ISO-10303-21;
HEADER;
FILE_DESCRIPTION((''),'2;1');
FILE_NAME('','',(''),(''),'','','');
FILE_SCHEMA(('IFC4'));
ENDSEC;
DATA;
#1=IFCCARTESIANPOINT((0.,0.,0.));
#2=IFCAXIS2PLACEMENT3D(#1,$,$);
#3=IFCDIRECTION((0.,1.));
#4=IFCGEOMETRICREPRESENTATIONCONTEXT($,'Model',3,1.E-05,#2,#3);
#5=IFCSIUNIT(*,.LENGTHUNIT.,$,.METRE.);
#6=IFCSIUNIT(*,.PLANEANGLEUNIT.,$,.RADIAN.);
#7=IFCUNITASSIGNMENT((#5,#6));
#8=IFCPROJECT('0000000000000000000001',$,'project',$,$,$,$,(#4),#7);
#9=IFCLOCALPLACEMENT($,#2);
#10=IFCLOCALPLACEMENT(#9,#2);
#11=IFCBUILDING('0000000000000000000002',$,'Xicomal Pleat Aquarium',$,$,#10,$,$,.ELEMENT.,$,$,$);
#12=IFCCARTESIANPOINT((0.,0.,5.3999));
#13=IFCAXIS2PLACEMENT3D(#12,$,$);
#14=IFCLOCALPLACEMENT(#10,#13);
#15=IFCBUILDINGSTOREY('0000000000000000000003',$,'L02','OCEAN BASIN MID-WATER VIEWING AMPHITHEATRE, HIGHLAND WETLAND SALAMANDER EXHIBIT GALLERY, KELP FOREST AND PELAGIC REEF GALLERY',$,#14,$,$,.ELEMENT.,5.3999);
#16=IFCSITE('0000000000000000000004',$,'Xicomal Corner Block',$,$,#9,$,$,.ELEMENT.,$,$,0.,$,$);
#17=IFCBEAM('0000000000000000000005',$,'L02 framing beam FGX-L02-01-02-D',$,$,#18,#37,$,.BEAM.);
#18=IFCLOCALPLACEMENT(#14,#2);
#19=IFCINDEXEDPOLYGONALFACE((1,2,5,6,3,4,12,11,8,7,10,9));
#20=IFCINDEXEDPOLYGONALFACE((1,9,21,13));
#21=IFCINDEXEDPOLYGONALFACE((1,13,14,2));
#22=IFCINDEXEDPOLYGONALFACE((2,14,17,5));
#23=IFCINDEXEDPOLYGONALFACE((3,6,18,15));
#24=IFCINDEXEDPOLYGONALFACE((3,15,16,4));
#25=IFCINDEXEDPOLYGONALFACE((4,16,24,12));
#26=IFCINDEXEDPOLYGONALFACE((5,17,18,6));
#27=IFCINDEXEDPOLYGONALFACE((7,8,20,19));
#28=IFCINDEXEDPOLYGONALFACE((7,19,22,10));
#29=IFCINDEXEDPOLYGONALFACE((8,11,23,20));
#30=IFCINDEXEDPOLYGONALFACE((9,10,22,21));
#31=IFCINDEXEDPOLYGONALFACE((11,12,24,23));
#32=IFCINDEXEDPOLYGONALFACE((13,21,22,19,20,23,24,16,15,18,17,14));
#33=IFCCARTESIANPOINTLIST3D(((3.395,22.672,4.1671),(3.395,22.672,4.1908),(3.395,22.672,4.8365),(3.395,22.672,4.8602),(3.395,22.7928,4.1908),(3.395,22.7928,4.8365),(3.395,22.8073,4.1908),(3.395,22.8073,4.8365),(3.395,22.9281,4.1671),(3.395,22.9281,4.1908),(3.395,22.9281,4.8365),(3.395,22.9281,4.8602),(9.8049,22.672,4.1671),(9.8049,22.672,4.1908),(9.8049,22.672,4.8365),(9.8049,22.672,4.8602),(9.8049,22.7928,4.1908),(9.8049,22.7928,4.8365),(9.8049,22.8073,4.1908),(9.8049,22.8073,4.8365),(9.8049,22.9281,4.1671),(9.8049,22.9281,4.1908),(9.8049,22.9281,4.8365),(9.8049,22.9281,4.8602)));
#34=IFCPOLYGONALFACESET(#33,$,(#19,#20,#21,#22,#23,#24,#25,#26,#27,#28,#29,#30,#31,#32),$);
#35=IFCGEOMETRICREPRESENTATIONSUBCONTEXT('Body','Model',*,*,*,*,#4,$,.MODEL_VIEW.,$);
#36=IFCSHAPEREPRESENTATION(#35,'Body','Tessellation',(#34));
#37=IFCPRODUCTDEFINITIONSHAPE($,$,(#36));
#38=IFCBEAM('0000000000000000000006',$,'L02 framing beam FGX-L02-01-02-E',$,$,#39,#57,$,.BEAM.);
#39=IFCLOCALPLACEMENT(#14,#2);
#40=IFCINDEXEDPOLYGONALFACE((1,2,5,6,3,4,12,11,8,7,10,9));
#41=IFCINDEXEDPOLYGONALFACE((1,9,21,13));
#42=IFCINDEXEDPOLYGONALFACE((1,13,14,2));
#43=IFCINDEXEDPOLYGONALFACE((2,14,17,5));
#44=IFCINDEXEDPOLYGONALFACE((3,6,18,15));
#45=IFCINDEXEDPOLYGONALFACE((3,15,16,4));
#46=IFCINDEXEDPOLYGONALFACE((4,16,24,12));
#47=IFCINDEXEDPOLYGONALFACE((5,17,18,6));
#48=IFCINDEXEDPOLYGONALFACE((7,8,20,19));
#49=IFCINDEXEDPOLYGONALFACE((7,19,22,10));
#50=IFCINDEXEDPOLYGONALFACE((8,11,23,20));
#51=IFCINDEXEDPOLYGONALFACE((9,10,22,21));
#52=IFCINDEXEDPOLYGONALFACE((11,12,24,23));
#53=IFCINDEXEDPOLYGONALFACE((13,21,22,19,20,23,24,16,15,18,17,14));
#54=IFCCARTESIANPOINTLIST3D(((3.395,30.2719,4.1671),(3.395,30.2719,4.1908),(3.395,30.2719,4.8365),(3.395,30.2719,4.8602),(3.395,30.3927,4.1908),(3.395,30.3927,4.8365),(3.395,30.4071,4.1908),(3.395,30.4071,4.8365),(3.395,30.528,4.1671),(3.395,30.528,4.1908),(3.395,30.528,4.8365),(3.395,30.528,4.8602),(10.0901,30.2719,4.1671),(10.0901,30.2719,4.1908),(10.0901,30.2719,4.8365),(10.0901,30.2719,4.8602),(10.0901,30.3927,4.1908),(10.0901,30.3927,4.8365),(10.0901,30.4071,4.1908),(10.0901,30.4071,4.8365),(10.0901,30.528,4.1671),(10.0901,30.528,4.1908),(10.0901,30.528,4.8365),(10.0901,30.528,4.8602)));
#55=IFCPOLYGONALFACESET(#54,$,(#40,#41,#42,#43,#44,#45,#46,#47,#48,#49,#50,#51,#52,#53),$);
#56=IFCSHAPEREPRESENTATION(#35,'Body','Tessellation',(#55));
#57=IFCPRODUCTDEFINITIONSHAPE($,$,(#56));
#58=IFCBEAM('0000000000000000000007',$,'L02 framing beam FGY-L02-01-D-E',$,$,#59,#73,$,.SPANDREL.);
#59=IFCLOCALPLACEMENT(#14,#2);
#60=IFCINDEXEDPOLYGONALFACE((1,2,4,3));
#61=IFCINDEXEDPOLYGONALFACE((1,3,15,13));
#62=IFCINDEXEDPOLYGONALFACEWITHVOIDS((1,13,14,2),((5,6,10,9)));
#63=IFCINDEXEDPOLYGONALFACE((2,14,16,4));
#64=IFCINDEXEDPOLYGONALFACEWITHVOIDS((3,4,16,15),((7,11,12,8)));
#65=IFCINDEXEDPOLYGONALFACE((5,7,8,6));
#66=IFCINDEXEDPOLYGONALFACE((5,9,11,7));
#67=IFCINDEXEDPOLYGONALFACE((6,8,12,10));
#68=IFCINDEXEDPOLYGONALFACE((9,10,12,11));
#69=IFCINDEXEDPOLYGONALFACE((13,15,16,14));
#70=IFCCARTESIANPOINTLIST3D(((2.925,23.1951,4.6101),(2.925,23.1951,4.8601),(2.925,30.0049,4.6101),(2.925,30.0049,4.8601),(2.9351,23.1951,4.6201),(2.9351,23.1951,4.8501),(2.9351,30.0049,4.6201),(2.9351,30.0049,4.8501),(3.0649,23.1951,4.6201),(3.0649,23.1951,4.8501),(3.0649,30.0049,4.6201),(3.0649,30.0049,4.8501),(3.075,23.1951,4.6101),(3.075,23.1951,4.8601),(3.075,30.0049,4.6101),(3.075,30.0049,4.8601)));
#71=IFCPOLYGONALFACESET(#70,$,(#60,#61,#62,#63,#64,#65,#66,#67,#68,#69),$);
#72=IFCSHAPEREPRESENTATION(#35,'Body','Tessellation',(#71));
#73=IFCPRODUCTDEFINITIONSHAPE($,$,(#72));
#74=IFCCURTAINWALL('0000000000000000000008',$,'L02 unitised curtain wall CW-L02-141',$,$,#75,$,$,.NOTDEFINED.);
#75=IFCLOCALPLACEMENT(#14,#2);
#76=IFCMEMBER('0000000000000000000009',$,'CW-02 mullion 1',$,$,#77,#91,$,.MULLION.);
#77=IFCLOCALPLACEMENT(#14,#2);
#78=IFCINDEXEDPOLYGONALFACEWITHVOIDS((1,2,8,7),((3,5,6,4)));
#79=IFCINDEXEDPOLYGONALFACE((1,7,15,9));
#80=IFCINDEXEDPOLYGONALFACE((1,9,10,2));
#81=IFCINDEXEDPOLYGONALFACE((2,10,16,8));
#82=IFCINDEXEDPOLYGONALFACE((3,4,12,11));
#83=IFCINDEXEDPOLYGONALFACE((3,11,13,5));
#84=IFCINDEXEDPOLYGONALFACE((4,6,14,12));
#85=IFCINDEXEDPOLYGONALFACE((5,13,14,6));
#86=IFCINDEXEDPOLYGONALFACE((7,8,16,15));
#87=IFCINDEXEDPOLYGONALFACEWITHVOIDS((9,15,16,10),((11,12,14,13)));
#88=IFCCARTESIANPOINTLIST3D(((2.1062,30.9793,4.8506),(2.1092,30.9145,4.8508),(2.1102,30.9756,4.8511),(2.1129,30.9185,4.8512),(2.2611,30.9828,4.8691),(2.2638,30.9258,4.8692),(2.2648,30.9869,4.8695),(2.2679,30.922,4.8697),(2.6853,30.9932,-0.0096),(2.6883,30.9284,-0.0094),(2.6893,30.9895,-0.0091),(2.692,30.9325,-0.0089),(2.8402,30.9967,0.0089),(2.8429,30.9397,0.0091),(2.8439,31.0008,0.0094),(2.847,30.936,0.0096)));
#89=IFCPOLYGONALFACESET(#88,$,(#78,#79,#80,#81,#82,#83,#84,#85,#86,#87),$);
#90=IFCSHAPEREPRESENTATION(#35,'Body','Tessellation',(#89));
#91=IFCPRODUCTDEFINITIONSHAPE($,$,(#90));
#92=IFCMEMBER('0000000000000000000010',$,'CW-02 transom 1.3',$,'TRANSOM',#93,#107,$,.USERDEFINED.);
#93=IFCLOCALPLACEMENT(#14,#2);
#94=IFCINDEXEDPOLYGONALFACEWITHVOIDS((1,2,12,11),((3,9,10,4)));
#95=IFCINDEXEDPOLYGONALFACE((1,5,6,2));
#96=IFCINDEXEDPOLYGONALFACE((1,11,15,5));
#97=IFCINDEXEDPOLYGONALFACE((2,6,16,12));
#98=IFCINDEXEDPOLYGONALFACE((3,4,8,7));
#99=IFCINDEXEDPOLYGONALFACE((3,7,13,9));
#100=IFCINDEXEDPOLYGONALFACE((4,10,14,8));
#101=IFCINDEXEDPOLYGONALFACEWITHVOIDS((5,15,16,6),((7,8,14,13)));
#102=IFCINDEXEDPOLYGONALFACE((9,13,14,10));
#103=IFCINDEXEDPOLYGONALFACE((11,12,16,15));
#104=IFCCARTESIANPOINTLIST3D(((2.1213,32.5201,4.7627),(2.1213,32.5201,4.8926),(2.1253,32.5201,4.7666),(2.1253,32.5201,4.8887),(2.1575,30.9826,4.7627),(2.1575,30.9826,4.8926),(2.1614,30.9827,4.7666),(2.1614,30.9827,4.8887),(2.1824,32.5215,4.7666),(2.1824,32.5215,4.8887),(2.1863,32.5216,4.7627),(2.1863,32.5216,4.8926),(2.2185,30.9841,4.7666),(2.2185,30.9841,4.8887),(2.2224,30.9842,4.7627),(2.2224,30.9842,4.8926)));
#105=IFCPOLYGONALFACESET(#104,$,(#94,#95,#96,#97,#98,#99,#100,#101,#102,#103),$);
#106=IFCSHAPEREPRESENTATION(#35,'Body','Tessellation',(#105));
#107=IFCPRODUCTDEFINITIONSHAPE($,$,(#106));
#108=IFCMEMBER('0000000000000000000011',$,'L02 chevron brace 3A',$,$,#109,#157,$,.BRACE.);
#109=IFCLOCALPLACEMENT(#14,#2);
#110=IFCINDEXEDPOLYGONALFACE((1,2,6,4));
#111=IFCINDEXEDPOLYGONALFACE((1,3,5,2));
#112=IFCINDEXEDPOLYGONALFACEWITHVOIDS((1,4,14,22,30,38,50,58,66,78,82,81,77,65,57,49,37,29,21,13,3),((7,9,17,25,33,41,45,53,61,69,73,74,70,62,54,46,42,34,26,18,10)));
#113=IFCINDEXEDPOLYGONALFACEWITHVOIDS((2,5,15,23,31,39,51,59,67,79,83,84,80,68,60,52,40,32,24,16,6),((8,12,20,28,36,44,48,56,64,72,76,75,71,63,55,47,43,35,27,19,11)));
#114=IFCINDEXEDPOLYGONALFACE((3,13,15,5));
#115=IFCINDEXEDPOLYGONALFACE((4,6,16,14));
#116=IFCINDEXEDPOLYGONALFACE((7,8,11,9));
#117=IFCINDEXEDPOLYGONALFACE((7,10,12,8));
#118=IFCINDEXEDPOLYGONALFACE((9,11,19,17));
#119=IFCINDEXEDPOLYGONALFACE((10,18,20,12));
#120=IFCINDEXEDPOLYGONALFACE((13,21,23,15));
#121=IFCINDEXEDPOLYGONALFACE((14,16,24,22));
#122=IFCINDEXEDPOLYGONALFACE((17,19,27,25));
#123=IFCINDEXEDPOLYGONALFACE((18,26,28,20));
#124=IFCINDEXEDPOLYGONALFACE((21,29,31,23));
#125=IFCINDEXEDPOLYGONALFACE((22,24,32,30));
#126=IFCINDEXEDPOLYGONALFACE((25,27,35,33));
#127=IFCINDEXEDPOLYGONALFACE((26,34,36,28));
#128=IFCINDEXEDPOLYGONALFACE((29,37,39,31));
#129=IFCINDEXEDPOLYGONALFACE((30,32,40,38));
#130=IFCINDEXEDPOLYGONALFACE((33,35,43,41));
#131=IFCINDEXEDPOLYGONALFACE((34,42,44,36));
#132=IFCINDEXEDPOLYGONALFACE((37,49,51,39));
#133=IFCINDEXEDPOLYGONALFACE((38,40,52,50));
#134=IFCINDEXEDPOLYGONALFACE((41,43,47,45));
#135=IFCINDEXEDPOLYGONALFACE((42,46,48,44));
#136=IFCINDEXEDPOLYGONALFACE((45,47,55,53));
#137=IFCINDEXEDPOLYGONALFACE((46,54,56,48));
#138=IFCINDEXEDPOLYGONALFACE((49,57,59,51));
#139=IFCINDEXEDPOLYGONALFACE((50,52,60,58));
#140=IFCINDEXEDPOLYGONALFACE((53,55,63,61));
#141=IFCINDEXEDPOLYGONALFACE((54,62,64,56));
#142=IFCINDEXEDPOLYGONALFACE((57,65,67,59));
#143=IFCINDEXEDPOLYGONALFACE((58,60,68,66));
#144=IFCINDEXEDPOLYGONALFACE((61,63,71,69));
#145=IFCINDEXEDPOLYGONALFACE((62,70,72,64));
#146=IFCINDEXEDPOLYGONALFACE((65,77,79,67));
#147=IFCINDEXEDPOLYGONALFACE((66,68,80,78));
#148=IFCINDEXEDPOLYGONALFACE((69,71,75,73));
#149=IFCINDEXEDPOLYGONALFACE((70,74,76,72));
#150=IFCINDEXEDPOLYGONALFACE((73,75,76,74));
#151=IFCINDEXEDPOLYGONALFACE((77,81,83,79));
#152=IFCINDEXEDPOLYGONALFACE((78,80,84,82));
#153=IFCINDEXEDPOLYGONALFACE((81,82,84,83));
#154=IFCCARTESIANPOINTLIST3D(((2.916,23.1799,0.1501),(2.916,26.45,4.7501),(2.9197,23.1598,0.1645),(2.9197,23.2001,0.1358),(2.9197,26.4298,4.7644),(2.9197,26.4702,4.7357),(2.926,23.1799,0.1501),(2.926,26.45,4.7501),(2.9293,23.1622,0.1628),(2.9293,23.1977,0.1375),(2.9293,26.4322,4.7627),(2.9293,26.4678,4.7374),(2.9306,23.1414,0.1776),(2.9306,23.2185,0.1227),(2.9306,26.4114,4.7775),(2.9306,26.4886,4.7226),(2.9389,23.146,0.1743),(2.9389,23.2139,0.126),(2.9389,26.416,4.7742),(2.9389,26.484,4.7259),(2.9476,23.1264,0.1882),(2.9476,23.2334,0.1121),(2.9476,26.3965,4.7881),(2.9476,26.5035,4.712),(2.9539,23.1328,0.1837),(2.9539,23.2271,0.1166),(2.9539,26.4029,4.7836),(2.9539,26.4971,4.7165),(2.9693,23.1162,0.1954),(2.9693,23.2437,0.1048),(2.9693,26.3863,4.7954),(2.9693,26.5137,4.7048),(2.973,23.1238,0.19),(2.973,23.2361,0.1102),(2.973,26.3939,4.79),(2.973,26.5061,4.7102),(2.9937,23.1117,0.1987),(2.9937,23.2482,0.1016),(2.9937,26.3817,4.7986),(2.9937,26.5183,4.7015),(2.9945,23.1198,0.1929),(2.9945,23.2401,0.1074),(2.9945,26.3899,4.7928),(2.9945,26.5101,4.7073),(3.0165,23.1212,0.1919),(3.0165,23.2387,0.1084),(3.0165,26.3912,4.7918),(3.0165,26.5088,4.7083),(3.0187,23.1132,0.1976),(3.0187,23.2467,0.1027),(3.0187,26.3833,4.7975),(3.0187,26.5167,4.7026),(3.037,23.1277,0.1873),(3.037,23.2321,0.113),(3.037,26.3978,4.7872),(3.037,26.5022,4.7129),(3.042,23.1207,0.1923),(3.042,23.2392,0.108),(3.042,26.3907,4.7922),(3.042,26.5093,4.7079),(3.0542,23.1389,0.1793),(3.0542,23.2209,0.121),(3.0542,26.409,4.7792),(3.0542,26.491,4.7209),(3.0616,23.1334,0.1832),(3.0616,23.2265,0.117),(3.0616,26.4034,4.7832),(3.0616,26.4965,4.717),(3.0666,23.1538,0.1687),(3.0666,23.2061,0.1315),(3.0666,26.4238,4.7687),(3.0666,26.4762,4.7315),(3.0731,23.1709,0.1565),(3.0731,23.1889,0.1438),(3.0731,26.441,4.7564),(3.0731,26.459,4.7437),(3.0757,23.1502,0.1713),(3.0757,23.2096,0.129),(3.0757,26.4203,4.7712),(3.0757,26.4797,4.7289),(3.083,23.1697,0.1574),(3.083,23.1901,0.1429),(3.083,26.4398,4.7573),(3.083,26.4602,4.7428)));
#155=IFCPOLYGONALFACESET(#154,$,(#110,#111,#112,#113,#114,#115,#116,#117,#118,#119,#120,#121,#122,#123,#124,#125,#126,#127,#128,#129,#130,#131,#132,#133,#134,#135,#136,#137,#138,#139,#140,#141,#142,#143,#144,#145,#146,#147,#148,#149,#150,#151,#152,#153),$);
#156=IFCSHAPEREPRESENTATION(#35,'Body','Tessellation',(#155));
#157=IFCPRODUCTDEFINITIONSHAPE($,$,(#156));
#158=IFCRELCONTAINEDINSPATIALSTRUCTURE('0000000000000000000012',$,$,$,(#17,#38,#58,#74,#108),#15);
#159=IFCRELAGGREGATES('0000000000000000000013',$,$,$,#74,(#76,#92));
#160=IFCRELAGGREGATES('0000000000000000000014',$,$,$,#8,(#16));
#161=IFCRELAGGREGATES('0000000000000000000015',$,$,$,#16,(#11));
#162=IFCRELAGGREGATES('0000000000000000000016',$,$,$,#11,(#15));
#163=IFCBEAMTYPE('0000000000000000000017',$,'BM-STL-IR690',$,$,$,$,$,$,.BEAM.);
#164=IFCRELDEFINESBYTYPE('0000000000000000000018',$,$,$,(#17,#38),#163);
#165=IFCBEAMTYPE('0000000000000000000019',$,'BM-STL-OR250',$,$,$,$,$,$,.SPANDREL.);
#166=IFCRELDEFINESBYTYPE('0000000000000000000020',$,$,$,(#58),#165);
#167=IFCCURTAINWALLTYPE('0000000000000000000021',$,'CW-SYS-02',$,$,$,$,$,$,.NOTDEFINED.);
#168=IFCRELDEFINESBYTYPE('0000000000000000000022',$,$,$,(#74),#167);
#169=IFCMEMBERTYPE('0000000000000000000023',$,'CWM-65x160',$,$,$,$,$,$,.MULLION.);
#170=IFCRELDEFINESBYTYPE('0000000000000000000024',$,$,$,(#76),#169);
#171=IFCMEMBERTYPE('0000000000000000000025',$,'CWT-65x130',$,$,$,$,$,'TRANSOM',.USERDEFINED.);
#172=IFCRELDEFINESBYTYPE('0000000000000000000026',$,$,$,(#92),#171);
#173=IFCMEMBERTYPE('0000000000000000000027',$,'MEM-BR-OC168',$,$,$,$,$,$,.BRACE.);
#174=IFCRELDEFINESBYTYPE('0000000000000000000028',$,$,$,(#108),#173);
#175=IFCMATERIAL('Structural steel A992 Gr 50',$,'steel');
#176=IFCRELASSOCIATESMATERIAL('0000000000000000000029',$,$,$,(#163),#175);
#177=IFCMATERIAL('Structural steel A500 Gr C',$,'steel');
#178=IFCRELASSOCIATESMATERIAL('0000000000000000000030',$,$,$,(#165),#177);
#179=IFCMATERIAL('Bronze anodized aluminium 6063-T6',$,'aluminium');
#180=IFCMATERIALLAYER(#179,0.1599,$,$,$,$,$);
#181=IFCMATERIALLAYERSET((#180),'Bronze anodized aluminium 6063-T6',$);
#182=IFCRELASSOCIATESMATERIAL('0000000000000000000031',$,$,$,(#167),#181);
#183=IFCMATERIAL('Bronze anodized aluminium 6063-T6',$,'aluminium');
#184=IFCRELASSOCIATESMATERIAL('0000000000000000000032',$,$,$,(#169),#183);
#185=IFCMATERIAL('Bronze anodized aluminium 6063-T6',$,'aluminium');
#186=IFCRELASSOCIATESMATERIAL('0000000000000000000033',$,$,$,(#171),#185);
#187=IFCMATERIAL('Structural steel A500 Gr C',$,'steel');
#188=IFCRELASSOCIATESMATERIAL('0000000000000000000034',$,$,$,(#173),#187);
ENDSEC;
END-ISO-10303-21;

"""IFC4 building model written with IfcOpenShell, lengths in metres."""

from ifc_helpers import new_model, si_unit, direction, frame, origin, origin_2d, place, context, subcontext, project, spatial, hollow_rectangle, hollow_circle, i_section, extrude, material, layer, layer_set, material_profile, profile_set, type_object, element, aggregate, save


model = new_model("IFC4")

# Units and contexts
model_context = context("Model", 3, precision=1e-05, world=origin(), true_north=direction((0.0, 1.0)))
body_context = subcontext(model_context, "Body", "Model", "MODEL_VIEW")
ifc_project = project(units=[si_unit("LENGTHUNIT", "METRE"), si_unit("PLANEANGLEUNIT", "RADIAN")], contexts=[model_context])

# Site, building, storey
site_placement = place(None, origin())
site = spatial("IfcSite", under=ifc_project, at=site_placement, Name="Xicomal Corner Block", CompositionType="ELEMENT", RefElevation=0.0)
building_placement = place(site_placement, origin())
building = spatial("IfcBuilding", under=site, at=building_placement, Name="Xicomal Pleat Aquarium", CompositionType="ELEMENT")
storey_placement = place(building_placement, frame((0.0, 0.0, 5.3999)))
storey = spatial("IfcBuildingStorey", under=building, at=storey_placement, Name="L02", Description="OCEAN BASIN MID-WATER VIEWING AMPHITHEATRE, HIGHLAND WETLAND SALAMANDER EXHIBIT GALLERY, KELP FOREST AND PELAGIC REEF GALLERY", CompositionType="ELEMENT", Elevation=5.3999)

# Beams
ifc_material_1 = material(Name="Structural steel A992 Gr 50", Category="steel")
ifc_material_profile_1 = material_profile(ifc_material_1, i_section(OverallWidth=0.2561, OverallDepth=0.6931, WebThickness=0.0144, FlangeThickness=0.0237, at=origin_2d()), Name="IR 690x170")
ifc_profile_set_1 = profile_set([ifc_material_profile_1], Name="Structural steel A992 Gr 50")
beam_type_1 = type_object("IfcBeamType", Name="BM-STL-IR690", PredefinedType="BEAM", material=ifc_profile_set_1)
beam_1_placement = place(storey_placement, frame((3.395, 22.8, 4.5137), z_axis=(1.0, 0.0, 0.0), x_axis=(0.0, 1.0, 0.0)))
element("IfcBeam", 1, at=beam_1_placement, inside=storey, type_object=beam_type_1, Name="L02 framing beam FGX-L02-01-02-D", PredefinedType="BEAM", context=body_context, shape_type="SweptSolid", body=[
    extrude(i_section(OverallWidth=0.2561, OverallDepth=0.6931, WebThickness=0.0144, FlangeThickness=0.0237, at=origin_2d()), origin(), (0.0, 0.0, 1.0), 6.4099),
])
beam_2_placement = place(storey_placement, frame((3.395, 30.3999, 4.5137), z_axis=(1.0, 0.0, 0.0), x_axis=(0.0, 1.0, 0.0)))
element("IfcBeam", 2, at=beam_2_placement, inside=storey, type_object=beam_type_1, Name="L02 framing beam FGX-L02-01-02-E", PredefinedType="BEAM", context=body_context, shape_type="SweptSolid", body=[
    extrude(i_section(OverallWidth=0.2561, OverallDepth=0.6931, WebThickness=0.0144, FlangeThickness=0.0237, at=origin_2d()), origin(), (0.0, 0.0, 1.0), 6.6951),
])
ifc_material_2 = material(Name="Structural steel A500 Gr C", Category="steel")
ifc_material_profile_2 = material_profile(ifc_material_2, hollow_rectangle(XDim=0.1499, YDim=0.25, WallThickness=0.01, at=origin_2d()), Name="OR 250x150x10")
ifc_profile_set_2 = profile_set([ifc_material_profile_2], Name="Structural steel A500 Gr C")
beam_type_2 = type_object("IfcBeamType", Name="BM-STL-OR250", PredefinedType="SPANDREL", material=ifc_profile_set_2)
beam_3_placement = place(storey_placement, frame((3.0, 23.1951, 4.7351), z_axis=(0.0, 1.0, 0.0), x_axis=(-1.0, 0.0, 0.0)))
element("IfcBeam", 3, at=beam_3_placement, inside=storey, type_object=beam_type_2, Name="L02 framing beam FGY-L02-01-D-E", PredefinedType="SPANDREL", context=body_context, shape_type="SweptSolid", body=[
    extrude(hollow_rectangle(XDim=0.1499, YDim=0.25, WallThickness=0.01, at=origin_2d()), origin(), (0.0, 0.0, 1.0), 6.8098),
])

# Curtain wall, members
ifc_material_3 = material(Name="Bronze anodized aluminium 6063-T6", Category="aluminium")
ifc_layer_1 = layer(ifc_material_3, 0.1599)
ifc_layer_set_1 = layer_set([ifc_layer_1], Name="Bronze anodized aluminium 6063-T6")
curtain_wall_type = type_object("IfcCurtainWallType", Name="CW-SYS-02", PredefinedType="NOTDEFINED", material=ifc_layer_set_1)
curtain_wall_placement = place(storey_placement, origin())
curtain_wall = element("IfcCurtainWall", 4, at=curtain_wall_placement, inside=storey, type_object=curtain_wall_type, Name="L02 unitised curtain wall CW-L02-141", PredefinedType="NOTDEFINED")
ifc_material_4 = material(Name="Bronze anodized aluminium 6063-T6", Category="aluminium")
ifc_material_profile_3 = material_profile(ifc_material_4, hollow_rectangle(XDim=0.0649, YDim=0.1599, WallThickness=0.0039, at=origin_2d()), Name="ALU MULL 65x160")
ifc_profile_set_3 = profile_set([ifc_material_profile_3], Name="Bronze anodized aluminium 6063-T6")
member_type_1 = type_object("IfcMemberType", Name="CWM-65x160", PredefinedType="MULLION", material=ifc_profile_set_3)
member_1_placement = place(storey_placement, frame((2.7661, 30.9646, 0.0), z_axis=(-0.118317, -0.002843, 0.992972), x_axis=(-0.047389, 0.998873, -0.002787)))
member_1 = element("IfcMember", 5, at=member_1_placement, type_object=member_type_1, Name="CW-02 mullion 1", PredefinedType="MULLION", context=body_context, shape_type="SweptSolid", body=[
    extrude(hollow_rectangle(XDim=0.0649, YDim=0.1599, WallThickness=0.0039, at=origin_2d()), origin(), (0.0, 0.0, 1.0), 4.8945),
])
ifc_material_5 = material(Name="Bronze anodized aluminium 6063-T6", Category="aluminium")
ifc_material_profile_4 = material_profile(ifc_material_5, hollow_rectangle(XDim=0.0649, YDim=0.1299, WallThickness=0.0039, at=origin_2d()), Name="ALU TRAN 65x130")
ifc_profile_set_4 = profile_set([ifc_material_profile_4], Name="Bronze anodized aluminium 6063-T6")
member_type_2 = type_object("IfcMemberType", Name="CWT-65x130", ElementType="TRANSOM", PredefinedType="USERDEFINED", material=ifc_profile_set_4)
member_2_placement = place(storey_placement, frame((2.1899, 30.9834, 4.8276), z_axis=(-0.023497, 0.999724, 0.0), x_axis=(-0.999724, -0.023497, 0.0)))
member_2 = element("IfcMember", 6, at=member_2_placement, type_object=member_type_2, Name="CW-02 transom 1.3", ObjectType="TRANSOM", PredefinedType="USERDEFINED", context=body_context, shape_type="SweptSolid", body=[
    extrude(hollow_rectangle(XDim=0.0649, YDim=0.1299, WallThickness=0.0039, at=origin_2d()), origin(), (0.0, 0.0, 1.0), 1.5378),
])
aggregate(curtain_wall, [member_1, member_2])

# Member
ifc_material_6 = material(Name="Structural steel A500 Gr C", Category="steel")
ifc_material_profile_5 = material_profile(ifc_material_6, hollow_circle(Radius=0.084, WallThickness=0.01, at=origin_2d()), Name="OC 168x10")
ifc_profile_set_5 = profile_set([ifc_material_profile_5], Name="Structural steel A500 Gr C")
member_type_3 = type_object("IfcMemberType", Name="MEM-BR-OC168", PredefinedType="BRACE", material=ifc_profile_set_5)
for number, where, z_axis, x_axis, name in (
    (7, (3.0, 23.1799, 0.1501), (0.0, 0.579408, 0.815038), (-1.0, 0.0, 0.0), "L02 chevron brace 3A"),
):
    element("IfcMember", number, at=place(storey_placement, frame(where, z_axis=z_axis, x_axis=x_axis)), inside=storey, type_object=member_type_3, Name=name, PredefinedType="BRACE", context=body_context, shape_type="SweptSolid", body=[
        extrude(hollow_circle(Radius=0.084, WallThickness=0.01, at=origin_2d()), origin(), (0.0, 0.0, 1.0), 5.6438),
    ])

save(model, "model.ifc")
